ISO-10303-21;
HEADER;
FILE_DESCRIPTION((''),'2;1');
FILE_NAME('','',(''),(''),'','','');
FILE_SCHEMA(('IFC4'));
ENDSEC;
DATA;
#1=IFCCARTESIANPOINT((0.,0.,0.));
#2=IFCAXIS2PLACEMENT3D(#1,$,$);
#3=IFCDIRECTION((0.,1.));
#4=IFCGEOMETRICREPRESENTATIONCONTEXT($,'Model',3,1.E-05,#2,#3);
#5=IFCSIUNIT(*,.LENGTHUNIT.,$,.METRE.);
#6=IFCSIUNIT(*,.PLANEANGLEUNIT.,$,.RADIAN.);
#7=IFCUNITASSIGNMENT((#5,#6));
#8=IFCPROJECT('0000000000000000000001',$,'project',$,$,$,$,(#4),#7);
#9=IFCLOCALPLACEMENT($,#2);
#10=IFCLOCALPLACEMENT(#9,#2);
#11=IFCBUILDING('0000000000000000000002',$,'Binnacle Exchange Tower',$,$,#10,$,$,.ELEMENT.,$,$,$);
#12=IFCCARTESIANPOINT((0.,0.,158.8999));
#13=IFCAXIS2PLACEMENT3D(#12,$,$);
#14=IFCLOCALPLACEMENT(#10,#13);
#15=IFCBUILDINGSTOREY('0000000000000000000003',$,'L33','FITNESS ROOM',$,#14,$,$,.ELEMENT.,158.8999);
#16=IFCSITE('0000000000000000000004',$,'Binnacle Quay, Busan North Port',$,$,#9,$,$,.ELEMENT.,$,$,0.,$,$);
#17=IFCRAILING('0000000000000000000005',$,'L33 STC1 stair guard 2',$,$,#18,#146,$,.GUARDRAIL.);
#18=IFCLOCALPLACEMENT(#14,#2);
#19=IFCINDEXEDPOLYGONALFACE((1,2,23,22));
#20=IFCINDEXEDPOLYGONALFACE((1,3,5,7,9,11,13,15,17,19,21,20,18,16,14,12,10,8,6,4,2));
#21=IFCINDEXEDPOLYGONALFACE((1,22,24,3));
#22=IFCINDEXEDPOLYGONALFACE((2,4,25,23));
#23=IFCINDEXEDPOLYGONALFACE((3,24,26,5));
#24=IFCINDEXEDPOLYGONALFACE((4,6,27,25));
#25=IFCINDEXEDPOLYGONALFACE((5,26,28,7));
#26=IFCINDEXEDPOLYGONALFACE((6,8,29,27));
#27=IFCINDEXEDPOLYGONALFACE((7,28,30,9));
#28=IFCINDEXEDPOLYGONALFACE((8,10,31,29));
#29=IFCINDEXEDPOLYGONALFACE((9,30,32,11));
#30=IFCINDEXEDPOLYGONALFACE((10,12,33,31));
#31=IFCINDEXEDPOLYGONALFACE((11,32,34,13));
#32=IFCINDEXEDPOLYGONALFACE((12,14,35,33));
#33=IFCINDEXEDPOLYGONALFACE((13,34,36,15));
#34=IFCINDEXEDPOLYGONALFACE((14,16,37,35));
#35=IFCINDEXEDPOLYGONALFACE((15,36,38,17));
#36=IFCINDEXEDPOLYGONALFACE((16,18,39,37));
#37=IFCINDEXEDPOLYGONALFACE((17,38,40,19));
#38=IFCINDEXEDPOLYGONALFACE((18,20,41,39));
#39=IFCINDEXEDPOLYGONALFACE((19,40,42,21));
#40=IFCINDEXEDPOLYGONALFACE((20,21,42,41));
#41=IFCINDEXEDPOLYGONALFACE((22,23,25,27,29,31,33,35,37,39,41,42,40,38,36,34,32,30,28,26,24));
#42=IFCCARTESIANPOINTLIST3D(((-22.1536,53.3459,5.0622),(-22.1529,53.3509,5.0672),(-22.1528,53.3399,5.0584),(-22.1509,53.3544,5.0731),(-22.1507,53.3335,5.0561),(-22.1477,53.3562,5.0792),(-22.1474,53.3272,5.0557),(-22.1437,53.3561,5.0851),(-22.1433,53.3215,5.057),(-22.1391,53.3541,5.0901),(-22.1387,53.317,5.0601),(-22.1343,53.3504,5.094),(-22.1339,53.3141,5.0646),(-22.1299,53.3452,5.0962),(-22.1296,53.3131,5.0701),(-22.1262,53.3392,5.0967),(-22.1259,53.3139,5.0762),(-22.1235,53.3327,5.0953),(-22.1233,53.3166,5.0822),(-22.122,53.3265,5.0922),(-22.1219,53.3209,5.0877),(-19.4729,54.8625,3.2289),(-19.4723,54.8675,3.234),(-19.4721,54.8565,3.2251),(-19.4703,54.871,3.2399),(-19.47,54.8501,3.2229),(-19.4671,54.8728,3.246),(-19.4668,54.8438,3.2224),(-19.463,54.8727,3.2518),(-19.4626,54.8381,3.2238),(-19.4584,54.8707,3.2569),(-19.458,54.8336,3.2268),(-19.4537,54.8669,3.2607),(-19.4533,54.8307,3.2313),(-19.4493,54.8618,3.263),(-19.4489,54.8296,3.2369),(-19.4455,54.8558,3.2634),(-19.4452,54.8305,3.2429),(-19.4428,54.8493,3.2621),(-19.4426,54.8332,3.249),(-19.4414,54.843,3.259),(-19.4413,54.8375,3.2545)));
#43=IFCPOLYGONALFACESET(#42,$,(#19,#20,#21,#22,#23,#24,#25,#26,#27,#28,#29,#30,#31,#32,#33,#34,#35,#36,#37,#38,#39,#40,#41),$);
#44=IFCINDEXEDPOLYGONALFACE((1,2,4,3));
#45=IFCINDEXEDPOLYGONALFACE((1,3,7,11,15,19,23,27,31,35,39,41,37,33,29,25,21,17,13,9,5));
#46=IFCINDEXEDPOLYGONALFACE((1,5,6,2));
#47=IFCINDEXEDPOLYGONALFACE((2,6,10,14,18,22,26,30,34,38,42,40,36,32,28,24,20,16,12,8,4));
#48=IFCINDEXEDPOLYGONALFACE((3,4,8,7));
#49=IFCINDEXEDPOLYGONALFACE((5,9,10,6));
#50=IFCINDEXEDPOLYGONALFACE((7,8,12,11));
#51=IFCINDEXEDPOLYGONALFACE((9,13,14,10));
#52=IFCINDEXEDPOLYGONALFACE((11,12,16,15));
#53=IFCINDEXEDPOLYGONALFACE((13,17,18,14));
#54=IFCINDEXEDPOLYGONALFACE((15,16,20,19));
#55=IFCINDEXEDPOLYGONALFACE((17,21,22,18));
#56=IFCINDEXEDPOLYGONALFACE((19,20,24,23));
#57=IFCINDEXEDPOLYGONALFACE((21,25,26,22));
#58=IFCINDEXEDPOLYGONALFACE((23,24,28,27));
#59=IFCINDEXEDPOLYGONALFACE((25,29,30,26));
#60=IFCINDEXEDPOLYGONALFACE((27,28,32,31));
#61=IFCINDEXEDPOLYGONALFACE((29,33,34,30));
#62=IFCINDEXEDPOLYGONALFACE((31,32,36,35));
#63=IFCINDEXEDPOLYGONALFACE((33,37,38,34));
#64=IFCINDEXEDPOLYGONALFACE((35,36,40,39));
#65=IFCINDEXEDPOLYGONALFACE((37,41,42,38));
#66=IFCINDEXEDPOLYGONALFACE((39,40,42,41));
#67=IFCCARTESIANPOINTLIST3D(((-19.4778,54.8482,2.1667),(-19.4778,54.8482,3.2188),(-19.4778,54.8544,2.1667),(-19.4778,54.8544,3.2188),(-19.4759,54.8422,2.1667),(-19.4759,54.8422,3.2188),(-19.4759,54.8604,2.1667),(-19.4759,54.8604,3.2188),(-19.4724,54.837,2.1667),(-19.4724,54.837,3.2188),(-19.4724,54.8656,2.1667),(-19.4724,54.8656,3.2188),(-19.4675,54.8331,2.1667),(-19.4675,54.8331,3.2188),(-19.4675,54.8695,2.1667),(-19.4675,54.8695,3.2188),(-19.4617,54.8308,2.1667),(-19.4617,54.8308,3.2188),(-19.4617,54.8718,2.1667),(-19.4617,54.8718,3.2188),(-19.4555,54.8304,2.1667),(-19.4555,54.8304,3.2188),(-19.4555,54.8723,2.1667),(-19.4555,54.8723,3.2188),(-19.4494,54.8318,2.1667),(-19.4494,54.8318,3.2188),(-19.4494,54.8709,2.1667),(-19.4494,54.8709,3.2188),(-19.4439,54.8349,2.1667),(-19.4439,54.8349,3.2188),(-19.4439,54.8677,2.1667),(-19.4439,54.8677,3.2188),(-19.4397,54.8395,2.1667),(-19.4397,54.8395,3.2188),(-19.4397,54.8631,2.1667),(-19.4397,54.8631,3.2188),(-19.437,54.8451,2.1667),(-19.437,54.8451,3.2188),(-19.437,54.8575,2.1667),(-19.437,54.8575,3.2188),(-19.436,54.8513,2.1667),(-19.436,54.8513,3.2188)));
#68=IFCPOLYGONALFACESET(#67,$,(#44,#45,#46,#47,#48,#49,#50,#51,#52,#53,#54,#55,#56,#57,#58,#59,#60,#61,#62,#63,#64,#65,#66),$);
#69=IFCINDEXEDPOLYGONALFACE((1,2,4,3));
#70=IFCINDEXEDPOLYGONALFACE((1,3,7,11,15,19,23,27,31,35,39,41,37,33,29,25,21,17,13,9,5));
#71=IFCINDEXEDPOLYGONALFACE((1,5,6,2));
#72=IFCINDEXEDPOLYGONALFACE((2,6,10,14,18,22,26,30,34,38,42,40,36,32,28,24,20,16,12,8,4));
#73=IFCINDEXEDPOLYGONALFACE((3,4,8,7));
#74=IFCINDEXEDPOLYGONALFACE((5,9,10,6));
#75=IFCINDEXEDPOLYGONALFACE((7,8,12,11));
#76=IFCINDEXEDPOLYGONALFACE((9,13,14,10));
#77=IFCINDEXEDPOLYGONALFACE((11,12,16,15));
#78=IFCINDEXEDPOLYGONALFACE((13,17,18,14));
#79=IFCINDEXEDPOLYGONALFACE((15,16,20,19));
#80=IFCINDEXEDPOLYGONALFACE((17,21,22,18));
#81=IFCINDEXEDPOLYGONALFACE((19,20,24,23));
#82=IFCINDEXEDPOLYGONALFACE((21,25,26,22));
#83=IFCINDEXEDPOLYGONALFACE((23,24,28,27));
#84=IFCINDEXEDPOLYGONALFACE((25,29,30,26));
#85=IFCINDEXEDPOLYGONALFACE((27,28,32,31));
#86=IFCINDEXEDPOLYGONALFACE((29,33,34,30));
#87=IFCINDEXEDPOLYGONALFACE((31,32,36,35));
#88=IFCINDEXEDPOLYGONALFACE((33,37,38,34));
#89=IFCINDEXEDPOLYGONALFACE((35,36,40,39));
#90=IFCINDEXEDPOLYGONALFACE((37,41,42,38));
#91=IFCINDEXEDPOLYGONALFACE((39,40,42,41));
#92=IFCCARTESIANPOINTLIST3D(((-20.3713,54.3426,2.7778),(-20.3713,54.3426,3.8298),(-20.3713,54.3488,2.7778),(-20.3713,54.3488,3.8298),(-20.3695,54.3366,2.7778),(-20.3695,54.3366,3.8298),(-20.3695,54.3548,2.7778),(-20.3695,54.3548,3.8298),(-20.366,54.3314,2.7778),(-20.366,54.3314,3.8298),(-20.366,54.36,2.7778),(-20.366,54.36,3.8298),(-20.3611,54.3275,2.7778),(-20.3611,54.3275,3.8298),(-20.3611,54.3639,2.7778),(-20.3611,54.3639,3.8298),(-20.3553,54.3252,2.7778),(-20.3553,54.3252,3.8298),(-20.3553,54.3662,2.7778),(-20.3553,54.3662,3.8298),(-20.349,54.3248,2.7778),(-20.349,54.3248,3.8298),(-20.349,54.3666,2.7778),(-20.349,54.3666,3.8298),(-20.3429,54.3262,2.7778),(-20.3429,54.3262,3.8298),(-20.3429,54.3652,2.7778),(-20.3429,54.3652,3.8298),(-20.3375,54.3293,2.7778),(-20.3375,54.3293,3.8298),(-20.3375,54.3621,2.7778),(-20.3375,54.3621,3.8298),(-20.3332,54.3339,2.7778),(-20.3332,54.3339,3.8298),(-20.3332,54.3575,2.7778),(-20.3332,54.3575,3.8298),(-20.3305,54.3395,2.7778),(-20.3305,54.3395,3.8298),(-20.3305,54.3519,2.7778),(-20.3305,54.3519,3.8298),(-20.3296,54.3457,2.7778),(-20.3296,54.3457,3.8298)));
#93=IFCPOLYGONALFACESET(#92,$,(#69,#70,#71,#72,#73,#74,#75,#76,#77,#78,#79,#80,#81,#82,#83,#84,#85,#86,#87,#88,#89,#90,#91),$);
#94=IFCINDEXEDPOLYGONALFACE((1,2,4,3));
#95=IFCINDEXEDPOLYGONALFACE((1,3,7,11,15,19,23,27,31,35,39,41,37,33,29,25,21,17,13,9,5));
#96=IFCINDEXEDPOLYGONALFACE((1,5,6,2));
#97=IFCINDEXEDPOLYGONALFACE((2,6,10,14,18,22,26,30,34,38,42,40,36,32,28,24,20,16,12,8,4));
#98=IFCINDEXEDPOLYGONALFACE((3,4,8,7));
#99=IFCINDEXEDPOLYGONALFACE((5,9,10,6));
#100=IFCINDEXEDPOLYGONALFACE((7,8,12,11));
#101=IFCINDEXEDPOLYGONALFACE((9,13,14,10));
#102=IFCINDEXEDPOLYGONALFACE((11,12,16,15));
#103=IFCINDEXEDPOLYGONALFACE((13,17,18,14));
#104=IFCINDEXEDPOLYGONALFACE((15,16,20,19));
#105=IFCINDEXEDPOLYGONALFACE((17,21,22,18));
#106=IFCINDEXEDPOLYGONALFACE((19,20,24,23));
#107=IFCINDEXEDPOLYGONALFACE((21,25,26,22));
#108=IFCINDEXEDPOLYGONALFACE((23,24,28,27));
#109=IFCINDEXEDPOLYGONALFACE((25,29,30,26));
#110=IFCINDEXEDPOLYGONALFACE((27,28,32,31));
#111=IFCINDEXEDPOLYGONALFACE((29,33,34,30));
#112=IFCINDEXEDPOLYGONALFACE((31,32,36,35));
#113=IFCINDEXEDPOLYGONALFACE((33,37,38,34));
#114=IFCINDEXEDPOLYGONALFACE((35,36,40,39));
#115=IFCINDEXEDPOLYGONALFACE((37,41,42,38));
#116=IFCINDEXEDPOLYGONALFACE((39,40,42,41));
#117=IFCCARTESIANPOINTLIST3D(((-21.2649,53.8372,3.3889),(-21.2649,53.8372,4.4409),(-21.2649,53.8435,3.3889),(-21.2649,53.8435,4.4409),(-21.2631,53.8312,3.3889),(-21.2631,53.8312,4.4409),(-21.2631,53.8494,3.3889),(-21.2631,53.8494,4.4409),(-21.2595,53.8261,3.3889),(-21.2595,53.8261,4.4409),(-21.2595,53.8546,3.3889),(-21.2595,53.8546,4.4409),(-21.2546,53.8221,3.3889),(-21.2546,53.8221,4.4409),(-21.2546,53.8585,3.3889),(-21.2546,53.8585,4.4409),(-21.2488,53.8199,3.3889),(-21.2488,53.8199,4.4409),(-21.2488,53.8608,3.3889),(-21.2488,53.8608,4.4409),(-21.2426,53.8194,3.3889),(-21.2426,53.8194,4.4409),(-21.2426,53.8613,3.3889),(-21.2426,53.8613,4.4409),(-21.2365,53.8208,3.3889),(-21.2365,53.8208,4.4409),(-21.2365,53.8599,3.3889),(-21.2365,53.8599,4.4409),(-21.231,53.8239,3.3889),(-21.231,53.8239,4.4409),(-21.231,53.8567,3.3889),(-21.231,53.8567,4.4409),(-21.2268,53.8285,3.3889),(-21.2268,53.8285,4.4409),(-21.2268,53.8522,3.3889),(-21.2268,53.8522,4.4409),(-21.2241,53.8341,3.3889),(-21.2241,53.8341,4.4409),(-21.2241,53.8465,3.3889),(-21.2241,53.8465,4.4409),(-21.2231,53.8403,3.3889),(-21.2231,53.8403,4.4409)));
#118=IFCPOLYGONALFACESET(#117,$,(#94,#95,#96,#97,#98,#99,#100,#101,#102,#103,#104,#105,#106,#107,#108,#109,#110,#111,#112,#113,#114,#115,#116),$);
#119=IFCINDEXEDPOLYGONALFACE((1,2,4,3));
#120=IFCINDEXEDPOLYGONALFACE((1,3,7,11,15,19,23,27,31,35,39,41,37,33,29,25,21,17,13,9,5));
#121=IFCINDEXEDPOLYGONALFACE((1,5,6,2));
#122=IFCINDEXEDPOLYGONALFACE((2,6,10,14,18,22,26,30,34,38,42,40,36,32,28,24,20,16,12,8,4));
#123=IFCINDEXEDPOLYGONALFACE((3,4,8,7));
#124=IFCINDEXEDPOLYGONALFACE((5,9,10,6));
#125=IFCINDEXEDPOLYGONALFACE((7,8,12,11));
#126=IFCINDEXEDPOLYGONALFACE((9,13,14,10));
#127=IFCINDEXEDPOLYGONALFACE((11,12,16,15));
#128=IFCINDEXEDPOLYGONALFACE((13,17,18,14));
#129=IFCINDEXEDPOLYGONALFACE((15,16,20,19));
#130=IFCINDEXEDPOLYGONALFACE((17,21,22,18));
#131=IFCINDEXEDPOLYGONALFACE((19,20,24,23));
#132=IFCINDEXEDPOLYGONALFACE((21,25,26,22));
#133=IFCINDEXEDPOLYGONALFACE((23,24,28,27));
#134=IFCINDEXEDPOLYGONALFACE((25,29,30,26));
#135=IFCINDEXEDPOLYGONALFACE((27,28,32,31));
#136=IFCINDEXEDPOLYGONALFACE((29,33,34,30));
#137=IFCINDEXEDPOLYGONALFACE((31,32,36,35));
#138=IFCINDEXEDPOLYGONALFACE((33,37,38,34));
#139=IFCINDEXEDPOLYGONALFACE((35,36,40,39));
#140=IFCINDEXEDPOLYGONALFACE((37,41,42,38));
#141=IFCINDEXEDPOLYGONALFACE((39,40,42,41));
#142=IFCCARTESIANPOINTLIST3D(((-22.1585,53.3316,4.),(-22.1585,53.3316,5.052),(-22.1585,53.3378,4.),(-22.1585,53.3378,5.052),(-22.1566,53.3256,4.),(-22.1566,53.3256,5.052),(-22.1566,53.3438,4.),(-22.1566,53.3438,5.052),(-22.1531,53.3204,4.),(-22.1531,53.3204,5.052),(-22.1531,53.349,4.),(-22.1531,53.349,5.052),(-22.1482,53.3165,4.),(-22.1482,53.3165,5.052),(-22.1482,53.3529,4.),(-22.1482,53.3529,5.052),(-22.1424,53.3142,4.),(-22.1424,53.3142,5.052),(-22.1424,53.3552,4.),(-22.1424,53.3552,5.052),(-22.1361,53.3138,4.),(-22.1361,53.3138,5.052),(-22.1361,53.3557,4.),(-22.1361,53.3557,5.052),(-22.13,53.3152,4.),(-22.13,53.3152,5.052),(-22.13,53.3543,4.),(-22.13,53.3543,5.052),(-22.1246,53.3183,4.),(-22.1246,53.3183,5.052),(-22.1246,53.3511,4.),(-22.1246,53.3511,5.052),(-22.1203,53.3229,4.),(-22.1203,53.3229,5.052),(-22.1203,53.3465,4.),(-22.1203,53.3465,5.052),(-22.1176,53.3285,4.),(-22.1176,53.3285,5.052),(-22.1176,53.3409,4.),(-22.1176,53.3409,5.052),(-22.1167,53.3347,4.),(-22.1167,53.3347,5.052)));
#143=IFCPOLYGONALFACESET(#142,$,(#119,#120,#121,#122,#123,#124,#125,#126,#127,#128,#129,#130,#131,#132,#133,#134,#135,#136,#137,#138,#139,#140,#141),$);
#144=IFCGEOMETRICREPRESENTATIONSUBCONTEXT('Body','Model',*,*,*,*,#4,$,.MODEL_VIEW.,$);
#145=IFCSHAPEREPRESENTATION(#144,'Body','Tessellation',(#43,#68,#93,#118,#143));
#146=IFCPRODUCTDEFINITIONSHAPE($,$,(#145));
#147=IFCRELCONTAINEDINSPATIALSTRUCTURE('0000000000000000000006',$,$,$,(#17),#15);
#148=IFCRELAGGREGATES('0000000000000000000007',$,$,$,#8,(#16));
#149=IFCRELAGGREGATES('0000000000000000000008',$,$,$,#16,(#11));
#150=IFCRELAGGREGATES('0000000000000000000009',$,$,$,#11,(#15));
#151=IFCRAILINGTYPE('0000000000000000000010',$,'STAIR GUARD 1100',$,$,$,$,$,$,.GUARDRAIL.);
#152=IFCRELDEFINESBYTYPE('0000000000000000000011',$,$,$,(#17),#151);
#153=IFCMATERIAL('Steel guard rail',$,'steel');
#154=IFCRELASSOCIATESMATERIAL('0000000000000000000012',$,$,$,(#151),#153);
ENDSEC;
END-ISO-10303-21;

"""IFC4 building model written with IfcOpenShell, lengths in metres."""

from ifc_helpers import new_model, si_unit, direction, frame, origin, origin_2d, place, context, subcontext, project, spatial, circle, extrude, material, type_object, element, save


model = new_model("IFC4")

# Units and contexts
model_context = context("Model", 3, precision=1e-05, world=origin(), true_north=direction((0.0, 1.0)))
body_context = subcontext(model_context, "Body", "Model", "MODEL_VIEW")
ifc_project = project(units=[si_unit("LENGTHUNIT", "METRE"), si_unit("PLANEANGLEUNIT", "RADIAN")], contexts=[model_context])

# Site, building, storey
site_placement = place(None, origin())
site = spatial("IfcSite", under=ifc_project, at=site_placement, Name="Binnacle Quay, Busan North Port", CompositionType="ELEMENT", RefElevation=0.0)
building_placement = place(site_placement, origin())
building = spatial("IfcBuilding", under=site, at=building_placement, Name="Binnacle Exchange Tower", CompositionType="ELEMENT")
storey_placement = place(building_placement, frame((0.0, 0.0, 158.8999)))
storey = spatial("IfcBuildingStorey", under=building, at=storey_placement, Name="L33", Description="FITNESS ROOM", CompositionType="ELEMENT", Elevation=158.8999)

# Railing
ifc_material_1 = material(Name="Steel guard rail", Category="steel")
railing_type_1 = type_object("IfcRailingType", Name="STAIR GUARD 1100", PredefinedType="GUARDRAIL", material=ifc_material_1)
railing_1_placement = place(storey_placement, frame((-19.457, 54.8513, 2.1667)))
element("IfcRailing", 1, at=railing_1_placement, inside=storey, type_object=railing_type_1, Name="L33 STC1 stair guard 2", PredefinedType="GUARDRAIL", context=body_context, shape_type="SweptSolid", body=[
    extrude(circle(Radius=0.0239, at=origin_2d()), frame((0.0, 0.0, 1.0762), z_axis=(-0.747901, -0.423129, 0.511474), x_axis=(0.492412, -0.870362, 0.0)), (0.0, 0.0, 1.0), 3.5842),
    extrude(circle(Radius=0.021, at=origin_2d()), origin(), (0.0, 0.0, 1.0), 1.052),
    extrude(circle(Radius=0.021, at=origin_2d()), frame((-0.8936, -0.5056, 0.6111)), (0.0, 0.0, 1.0), 1.052),
    extrude(circle(Radius=0.021, at=origin_2d()), frame((-1.7871, -1.011, 1.2222)), (0.0, 0.0, 1.0), 1.052),
    extrude(circle(Radius=0.021, at=origin_2d()), frame((-2.6807, -1.5166, 1.8333)), (0.0, 0.0, 1.0), 1.052),
])

save(model, "model.ifc")
